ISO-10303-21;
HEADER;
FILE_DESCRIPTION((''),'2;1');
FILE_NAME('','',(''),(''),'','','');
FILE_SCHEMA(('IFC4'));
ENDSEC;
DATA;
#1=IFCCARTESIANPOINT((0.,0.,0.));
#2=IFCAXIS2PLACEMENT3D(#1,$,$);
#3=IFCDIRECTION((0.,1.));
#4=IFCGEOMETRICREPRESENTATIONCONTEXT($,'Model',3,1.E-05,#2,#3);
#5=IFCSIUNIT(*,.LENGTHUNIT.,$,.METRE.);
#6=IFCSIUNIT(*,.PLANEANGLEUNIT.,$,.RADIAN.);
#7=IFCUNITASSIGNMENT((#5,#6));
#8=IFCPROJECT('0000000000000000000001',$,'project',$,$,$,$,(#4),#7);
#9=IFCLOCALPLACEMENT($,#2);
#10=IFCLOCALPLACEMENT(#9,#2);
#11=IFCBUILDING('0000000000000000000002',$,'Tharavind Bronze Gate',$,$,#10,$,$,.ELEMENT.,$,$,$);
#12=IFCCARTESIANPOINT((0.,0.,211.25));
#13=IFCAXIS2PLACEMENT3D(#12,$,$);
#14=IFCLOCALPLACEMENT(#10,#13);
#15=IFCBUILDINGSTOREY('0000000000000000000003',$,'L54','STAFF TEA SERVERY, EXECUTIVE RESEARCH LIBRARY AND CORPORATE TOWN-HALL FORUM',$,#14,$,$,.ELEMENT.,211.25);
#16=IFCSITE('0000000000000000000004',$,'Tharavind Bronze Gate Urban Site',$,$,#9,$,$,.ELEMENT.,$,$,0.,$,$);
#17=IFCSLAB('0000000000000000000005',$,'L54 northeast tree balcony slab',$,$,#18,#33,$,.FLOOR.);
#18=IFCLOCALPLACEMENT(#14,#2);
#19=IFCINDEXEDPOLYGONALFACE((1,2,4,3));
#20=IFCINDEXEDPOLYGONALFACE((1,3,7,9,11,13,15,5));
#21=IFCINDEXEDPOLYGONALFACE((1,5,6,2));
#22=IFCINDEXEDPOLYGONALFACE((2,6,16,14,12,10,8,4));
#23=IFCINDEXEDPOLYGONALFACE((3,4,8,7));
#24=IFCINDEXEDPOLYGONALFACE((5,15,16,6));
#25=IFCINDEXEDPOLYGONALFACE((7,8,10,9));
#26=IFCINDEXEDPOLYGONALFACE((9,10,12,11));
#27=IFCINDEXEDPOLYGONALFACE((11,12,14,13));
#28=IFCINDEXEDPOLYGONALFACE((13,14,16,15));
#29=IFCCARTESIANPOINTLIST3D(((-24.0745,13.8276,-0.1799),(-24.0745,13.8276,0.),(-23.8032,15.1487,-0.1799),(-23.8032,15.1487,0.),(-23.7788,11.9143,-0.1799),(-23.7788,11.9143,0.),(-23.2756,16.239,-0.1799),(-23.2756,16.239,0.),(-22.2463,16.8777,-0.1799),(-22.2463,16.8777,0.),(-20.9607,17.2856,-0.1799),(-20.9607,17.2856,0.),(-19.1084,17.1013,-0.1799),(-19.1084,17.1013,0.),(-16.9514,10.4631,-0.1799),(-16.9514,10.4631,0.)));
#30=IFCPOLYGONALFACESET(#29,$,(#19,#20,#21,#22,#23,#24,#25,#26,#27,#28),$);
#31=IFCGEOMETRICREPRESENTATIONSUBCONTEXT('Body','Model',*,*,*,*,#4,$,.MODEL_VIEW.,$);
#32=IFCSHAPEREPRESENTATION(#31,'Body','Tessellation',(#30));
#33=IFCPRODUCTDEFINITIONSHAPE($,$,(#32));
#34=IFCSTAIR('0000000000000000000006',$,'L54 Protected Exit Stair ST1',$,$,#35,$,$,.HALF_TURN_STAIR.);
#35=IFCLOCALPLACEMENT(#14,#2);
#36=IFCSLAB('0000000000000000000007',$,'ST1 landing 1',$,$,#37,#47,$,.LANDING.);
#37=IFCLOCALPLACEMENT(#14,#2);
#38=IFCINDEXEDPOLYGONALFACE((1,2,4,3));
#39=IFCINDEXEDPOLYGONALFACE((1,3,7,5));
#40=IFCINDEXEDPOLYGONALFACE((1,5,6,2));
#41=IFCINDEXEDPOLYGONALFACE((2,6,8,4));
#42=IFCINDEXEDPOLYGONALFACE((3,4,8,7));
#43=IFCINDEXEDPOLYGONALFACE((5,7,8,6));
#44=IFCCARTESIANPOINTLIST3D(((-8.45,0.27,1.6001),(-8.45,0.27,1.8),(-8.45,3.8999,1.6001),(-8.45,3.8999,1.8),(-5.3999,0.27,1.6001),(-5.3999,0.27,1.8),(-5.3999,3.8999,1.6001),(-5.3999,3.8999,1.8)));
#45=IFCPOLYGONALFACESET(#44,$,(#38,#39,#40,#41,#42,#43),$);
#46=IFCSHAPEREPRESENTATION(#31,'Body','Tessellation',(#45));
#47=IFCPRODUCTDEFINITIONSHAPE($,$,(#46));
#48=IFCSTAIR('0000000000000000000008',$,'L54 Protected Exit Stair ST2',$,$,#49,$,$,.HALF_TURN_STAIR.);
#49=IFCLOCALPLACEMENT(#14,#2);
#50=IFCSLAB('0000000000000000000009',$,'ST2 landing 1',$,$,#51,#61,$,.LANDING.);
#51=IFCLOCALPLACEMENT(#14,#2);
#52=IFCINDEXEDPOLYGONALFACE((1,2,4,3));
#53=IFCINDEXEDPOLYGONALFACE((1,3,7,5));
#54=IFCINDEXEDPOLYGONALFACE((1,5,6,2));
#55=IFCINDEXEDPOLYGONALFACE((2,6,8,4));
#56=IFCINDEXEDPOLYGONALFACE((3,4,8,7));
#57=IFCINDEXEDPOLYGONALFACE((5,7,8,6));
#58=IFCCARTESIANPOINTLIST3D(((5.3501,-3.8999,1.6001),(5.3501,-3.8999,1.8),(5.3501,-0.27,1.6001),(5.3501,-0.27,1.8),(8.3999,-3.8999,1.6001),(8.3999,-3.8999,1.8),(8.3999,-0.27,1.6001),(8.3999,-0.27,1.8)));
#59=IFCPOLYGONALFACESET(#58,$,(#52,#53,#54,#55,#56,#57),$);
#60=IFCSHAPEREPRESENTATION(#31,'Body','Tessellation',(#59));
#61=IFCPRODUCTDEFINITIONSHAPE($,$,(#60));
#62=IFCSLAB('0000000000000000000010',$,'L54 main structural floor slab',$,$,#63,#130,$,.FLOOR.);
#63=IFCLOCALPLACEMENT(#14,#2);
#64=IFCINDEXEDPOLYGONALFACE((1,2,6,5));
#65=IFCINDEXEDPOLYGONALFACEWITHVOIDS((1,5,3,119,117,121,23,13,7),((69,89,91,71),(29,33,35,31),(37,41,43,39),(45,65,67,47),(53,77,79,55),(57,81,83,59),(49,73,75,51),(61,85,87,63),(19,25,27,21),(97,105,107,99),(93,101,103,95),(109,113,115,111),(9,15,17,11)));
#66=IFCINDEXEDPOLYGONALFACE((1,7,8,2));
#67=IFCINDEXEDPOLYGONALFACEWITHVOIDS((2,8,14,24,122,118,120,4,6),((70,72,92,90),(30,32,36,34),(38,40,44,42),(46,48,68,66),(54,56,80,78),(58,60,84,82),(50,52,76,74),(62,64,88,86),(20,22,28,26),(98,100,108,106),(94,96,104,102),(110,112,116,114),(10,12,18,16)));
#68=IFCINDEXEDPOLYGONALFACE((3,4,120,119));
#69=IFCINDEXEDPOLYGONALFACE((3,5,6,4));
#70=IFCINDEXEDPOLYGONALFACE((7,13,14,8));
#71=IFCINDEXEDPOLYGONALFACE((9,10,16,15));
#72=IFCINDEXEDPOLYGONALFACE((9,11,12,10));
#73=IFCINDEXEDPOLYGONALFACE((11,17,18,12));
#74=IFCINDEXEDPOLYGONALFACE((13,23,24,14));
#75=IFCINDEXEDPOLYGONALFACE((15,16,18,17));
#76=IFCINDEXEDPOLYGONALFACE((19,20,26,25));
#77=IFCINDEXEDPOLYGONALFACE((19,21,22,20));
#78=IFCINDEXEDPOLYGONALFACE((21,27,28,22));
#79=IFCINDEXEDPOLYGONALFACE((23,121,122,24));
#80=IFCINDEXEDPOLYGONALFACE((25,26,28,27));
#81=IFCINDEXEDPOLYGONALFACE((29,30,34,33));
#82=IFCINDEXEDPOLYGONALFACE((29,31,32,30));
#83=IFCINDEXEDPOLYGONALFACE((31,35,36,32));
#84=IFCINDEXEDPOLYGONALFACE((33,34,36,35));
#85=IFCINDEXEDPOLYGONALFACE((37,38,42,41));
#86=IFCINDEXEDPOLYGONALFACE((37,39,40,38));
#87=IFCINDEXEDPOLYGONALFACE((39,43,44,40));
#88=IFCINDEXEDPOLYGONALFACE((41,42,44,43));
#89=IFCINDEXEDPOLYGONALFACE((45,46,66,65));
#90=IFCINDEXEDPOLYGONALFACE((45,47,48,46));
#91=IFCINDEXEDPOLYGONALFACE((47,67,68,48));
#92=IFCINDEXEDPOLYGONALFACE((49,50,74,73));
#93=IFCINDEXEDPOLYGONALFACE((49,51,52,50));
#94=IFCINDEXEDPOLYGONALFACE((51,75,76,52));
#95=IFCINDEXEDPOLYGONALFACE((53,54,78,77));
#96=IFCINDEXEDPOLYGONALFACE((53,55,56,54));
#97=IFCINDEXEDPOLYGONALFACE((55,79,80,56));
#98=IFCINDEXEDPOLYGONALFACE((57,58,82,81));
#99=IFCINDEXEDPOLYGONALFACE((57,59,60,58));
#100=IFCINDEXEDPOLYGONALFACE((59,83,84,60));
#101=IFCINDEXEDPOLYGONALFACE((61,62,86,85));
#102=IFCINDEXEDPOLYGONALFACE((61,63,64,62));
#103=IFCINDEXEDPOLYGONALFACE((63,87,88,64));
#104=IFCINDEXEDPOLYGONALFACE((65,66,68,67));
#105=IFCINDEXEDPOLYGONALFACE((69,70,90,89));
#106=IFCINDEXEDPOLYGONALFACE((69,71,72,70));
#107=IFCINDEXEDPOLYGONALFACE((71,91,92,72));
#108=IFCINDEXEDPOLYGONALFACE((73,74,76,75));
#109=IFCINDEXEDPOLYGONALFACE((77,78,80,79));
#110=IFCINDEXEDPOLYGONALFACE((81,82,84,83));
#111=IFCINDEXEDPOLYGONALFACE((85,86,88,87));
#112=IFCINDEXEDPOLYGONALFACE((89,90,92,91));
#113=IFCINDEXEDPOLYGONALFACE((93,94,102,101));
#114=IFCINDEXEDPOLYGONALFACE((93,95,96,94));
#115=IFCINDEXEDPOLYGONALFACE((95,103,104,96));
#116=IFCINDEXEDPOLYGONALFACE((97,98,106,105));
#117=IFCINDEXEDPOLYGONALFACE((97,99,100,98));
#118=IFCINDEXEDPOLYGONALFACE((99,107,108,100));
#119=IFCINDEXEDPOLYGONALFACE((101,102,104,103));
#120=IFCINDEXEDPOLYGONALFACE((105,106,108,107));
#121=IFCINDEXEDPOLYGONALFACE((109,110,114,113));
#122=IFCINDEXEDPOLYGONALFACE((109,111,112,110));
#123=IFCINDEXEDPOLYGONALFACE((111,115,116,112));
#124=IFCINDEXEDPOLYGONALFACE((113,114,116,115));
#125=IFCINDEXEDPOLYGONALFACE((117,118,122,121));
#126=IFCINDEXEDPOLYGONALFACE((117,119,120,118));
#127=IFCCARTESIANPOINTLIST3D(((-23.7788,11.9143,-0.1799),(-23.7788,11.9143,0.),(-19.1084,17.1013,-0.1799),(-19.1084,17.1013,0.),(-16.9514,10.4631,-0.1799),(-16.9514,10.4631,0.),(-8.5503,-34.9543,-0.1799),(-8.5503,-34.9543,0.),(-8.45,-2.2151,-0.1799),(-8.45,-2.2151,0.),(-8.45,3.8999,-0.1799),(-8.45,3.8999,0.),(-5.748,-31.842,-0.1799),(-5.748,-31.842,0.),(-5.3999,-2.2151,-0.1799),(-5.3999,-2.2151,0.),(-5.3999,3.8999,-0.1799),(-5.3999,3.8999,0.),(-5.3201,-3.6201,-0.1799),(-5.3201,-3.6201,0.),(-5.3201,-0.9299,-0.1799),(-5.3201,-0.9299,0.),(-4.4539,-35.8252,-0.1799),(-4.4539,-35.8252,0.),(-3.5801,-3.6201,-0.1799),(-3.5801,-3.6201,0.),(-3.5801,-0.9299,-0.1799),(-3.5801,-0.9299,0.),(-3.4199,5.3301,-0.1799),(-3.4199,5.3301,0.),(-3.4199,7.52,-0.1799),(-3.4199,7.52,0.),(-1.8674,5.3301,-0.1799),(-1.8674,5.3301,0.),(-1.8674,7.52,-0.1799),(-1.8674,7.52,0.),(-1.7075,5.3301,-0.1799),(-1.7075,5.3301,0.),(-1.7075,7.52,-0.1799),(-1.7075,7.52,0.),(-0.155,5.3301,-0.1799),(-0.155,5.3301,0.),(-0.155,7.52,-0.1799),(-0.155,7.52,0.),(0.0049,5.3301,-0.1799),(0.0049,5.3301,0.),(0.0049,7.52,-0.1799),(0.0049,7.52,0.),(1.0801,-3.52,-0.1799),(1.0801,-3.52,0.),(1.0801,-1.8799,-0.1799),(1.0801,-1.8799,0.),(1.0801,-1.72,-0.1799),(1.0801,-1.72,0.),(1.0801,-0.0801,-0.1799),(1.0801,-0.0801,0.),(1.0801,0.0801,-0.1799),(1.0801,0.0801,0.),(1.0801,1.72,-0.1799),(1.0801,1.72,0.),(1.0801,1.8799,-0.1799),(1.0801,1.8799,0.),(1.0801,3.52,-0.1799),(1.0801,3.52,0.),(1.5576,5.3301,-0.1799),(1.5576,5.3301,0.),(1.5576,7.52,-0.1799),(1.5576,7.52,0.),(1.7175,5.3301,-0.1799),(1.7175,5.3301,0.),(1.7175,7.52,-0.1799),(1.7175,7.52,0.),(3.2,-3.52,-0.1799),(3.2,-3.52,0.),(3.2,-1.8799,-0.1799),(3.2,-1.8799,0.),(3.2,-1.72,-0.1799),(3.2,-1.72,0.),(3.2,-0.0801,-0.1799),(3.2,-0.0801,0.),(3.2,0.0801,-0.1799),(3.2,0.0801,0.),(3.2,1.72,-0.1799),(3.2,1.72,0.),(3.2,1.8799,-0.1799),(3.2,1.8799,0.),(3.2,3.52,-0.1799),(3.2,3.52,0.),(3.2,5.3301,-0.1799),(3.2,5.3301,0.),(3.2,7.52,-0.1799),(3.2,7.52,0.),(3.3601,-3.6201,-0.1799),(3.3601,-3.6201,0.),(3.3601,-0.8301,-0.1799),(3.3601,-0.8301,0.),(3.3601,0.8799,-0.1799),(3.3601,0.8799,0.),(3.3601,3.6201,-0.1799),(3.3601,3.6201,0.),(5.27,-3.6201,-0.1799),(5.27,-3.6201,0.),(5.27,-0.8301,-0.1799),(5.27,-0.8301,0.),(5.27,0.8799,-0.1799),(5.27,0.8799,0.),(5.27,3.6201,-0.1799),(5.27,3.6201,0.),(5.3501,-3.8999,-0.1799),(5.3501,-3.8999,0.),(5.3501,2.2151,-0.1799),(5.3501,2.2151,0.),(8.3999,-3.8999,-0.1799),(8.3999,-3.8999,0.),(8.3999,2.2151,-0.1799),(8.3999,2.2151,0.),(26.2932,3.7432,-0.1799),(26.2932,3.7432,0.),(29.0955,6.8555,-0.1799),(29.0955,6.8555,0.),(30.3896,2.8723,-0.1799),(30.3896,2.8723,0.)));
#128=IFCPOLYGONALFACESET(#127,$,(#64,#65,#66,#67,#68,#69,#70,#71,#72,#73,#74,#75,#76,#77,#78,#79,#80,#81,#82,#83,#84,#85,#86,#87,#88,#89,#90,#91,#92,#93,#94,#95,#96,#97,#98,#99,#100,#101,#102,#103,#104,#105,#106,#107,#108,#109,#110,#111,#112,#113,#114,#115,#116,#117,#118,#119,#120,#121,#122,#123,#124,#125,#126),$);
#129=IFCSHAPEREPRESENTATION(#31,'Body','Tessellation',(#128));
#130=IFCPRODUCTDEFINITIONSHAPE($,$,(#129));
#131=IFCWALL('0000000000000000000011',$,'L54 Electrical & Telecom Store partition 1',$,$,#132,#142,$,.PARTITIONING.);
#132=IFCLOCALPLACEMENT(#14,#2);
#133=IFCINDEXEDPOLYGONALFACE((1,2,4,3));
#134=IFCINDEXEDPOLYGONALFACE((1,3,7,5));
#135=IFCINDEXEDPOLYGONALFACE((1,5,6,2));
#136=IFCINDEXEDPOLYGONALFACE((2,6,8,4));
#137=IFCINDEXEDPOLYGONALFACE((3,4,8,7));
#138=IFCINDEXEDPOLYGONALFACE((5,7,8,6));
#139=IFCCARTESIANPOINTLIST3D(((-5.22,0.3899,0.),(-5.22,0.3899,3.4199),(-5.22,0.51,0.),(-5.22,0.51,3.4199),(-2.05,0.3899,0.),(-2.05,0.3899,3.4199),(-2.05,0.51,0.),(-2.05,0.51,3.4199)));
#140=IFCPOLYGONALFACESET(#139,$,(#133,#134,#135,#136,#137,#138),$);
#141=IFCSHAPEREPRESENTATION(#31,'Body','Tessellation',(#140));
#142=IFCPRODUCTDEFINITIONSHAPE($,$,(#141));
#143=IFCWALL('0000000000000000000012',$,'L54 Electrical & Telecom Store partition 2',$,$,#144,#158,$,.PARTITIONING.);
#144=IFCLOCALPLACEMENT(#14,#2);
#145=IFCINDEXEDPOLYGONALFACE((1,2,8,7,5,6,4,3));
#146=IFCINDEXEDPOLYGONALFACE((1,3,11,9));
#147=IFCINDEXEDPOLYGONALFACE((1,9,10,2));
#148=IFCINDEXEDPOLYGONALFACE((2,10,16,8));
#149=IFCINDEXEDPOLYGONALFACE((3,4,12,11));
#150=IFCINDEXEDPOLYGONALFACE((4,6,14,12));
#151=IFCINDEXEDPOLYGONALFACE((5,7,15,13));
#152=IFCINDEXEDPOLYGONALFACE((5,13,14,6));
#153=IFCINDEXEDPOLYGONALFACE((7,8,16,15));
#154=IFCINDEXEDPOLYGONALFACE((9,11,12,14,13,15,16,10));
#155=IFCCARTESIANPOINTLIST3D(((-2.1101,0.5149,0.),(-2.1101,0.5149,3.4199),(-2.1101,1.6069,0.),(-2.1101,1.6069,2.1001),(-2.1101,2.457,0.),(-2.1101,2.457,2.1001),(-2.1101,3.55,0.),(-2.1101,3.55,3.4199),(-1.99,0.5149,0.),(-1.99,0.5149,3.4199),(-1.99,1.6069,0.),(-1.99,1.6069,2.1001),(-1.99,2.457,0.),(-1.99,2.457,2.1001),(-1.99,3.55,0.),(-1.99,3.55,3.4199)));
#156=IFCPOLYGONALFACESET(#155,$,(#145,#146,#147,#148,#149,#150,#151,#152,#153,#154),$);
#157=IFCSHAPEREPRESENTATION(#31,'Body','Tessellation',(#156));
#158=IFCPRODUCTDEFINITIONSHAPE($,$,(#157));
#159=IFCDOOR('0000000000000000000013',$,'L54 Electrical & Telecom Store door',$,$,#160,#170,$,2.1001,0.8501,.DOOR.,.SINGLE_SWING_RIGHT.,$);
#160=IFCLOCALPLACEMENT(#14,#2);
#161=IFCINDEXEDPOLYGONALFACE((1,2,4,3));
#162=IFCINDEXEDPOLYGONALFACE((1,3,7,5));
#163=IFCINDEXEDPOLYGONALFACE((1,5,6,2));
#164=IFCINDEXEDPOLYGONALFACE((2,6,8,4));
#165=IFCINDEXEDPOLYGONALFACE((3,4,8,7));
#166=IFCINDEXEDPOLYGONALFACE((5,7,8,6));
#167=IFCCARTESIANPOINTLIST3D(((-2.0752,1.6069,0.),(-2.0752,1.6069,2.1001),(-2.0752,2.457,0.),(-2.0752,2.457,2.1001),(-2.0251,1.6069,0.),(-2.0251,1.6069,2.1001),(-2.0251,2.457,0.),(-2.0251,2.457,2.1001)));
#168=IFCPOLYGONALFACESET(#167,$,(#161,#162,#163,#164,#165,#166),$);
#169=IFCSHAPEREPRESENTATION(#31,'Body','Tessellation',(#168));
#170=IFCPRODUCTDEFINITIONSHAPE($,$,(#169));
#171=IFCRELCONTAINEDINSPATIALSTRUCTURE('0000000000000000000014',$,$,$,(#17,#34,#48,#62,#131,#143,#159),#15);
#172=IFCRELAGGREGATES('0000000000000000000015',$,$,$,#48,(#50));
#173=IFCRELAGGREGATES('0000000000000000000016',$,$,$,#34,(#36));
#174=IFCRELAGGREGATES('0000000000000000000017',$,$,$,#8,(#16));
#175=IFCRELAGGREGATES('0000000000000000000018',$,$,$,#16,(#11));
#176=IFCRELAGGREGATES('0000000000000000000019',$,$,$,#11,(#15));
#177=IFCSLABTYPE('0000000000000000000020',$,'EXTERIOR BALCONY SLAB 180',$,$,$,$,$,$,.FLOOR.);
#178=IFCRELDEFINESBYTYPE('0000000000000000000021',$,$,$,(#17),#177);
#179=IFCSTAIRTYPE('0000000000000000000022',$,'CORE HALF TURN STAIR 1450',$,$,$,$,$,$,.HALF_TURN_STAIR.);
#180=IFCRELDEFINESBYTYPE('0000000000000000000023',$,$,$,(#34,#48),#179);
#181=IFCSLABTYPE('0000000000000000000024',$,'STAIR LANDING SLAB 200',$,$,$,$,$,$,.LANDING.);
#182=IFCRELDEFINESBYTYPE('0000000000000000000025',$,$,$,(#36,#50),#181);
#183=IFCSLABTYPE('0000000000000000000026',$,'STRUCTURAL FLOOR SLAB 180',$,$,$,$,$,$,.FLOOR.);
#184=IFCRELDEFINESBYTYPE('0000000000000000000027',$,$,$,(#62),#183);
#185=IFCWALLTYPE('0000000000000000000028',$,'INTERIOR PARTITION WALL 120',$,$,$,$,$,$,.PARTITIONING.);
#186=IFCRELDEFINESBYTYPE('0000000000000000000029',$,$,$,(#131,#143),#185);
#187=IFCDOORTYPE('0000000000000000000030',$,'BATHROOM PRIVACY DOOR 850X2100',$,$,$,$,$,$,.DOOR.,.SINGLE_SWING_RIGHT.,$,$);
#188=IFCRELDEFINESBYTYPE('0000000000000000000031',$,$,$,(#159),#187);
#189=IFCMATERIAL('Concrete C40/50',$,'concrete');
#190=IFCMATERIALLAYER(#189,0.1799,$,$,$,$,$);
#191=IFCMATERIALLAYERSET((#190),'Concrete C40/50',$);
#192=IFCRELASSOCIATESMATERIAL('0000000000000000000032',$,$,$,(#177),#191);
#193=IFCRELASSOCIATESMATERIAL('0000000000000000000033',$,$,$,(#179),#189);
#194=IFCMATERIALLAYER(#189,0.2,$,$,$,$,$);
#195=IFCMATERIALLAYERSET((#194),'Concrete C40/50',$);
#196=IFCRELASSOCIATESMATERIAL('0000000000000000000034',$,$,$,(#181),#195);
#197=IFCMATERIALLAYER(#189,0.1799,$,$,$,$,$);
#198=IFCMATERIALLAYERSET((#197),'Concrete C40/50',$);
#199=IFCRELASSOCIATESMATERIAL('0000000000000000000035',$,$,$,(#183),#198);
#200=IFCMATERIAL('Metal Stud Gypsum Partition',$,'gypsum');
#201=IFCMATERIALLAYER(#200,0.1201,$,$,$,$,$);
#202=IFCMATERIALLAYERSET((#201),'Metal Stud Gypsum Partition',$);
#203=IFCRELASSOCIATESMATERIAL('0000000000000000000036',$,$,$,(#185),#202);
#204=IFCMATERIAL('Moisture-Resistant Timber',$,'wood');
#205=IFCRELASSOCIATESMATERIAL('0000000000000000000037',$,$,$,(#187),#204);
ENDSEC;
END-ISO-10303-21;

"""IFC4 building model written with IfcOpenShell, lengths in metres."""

from ifc_helpers import new_model, si_unit, direction, frame, frame_2d, origin, place, context, subcontext, project, spatial, polyline, rectangle, outline, extrude, material, layer, layer_set, type_object, element, fill, aggregate, save


model = new_model("IFC4")

# Units and contexts
model_context = context("Model", 3, precision=1e-05, world=origin(), true_north=direction((0.0, 1.0)))
body_context = subcontext(model_context, "Body", "Model", "MODEL_VIEW")
ifc_project = project(units=[si_unit("LENGTHUNIT", "METRE"), si_unit("PLANEANGLEUNIT", "RADIAN")], contexts=[model_context])

# Site, building, storey
site_placement = place(None, origin())
site = spatial("IfcSite", under=ifc_project, at=site_placement, Name="Tharavind Bronze Gate Urban Site", CompositionType="ELEMENT", RefElevation=0.0)
building_placement = place(site_placement, origin())
building = spatial("IfcBuilding", under=site, at=building_placement, Name="Tharavind Bronze Gate", CompositionType="ELEMENT")
storey_placement = place(building_placement, frame((0.0, 0.0, 211.25)))
storey = spatial("IfcBuildingStorey", under=building, at=storey_placement, Name="L54", Description="STAFF TEA SERVERY, EXECUTIVE RESEARCH LIBRARY AND CORPORATE TOWN-HALL FORUM", CompositionType="ELEMENT", Elevation=211.25)

# Slab
ifc_material_1 = material(Name="Concrete C40/50", Category="concrete")
ifc_layer_1 = layer(ifc_material_1, 0.1799)
ifc_layer_set_1 = layer_set([ifc_layer_1], Name="Concrete C40/50")
slab_type_1 = type_object("IfcSlabType", Name="EXTERIOR BALCONY SLAB 180", PredefinedType="FLOOR", material=ifc_layer_set_1)
slab_1_placement = place(storey_placement, frame((0.0, 0.0, -0.1799)))
element("IfcSlab", 1, at=slab_1_placement, inside=storey, type_object=slab_type_1, Name="L54 northeast tree balcony slab", PredefinedType="FLOOR", context=body_context, shape_type="SweptSolid", body=[
    extrude(outline(polyline([(-20.9607, 17.2856), (-22.2463, 16.8777), (-23.2756, 16.239), (-23.8032, 15.1487), (-24.0745, 13.8276), (-23.7788, 11.9143), (-16.9514, 10.4631), (-19.1084, 17.1013), (-20.9607, 17.2856)])), origin(), (0.0, 0.0, 1.0), 0.1799),
])

# Stairs, slabs
stair_type = type_object("IfcStairType", Name="CORE HALF TURN STAIR 1450", PredefinedType="HALF_TURN_STAIR", material=ifc_material_1)
stair_1_placement = place(storey_placement, origin())
stair_1 = element("IfcStair", 2, at=stair_1_placement, inside=storey, type_object=stair_type, Name="L54 Protected Exit Stair ST1", PredefinedType="HALF_TURN_STAIR")
ifc_layer_2 = layer(ifc_material_1, 0.2)
ifc_layer_set_2 = layer_set([ifc_layer_2], Name="Concrete C40/50")
slab_type_2 = type_object("IfcSlabType", Name="STAIR LANDING SLAB 200", PredefinedType="LANDING", material=ifc_layer_set_2)
slab_2_placement = place(storey_placement, frame((0.0, 0.0, 1.6001)))
slab_2 = element("IfcSlab", 3, at=slab_2_placement, type_object=slab_type_2, Name="ST1 landing 1", PredefinedType="LANDING", context=body_context, shape_type="SweptSolid", body=[
    extrude(outline(polyline([(-5.3999, 0.27), (-5.3999, 3.8999), (-8.45, 3.8999), (-8.45, 0.27), (-5.3999, 0.27)])), origin(), (0.0, 0.0, 1.0), 0.2),
])
stair_2_placement = place(storey_placement, origin())
stair_2 = element("IfcStair", 4, at=stair_2_placement, inside=storey, type_object=stair_type, Name="L54 Protected Exit Stair ST2", PredefinedType="HALF_TURN_STAIR")
slab_3_placement = place(storey_placement, frame((0.0, 0.0, 1.6001)))
slab_3 = element("IfcSlab", 5, at=slab_3_placement, type_object=slab_type_2, Name="ST2 landing 1", PredefinedType="LANDING", context=body_context, shape_type="SweptSolid", body=[
    extrude(outline(polyline([(5.3501, -0.27), (5.3501, -3.8999), (8.3999, -3.8999), (8.3999, -0.27), (5.3501, -0.27)])), origin(), (0.0, 0.0, 1.0), 0.2),
])
aggregate(stair_2, [slab_3])

# Slab
ifc_layer_3 = layer(ifc_material_1, 0.1799)
ifc_layer_set_3 = layer_set([ifc_layer_3], Name="Concrete C40/50")
slab_type_3 = type_object("IfcSlabType", Name="STRUCTURAL FLOOR SLAB 180", PredefinedType="FLOOR", material=ifc_layer_set_3)
slab_4_placement = place(storey_placement, frame((0.0, 0.0, -0.1799)))
element("IfcSlab", 6, at=slab_4_placement, inside=storey, type_object=slab_type_3, Name="L54 main structural floor slab", PredefinedType="FLOOR", context=body_context, shape_type="SweptSolid", body=[
    extrude(outline(polyline([(-19.1084, 17.1013), (-16.9514, 10.4631), (-23.7788, 11.9143), (-8.5503, -34.9543), (-5.748, -31.842), (-4.4539, -35.8252), (30.3896, 2.8723), (26.2932, 3.7432), (29.0955, 6.8555), (-19.1084, 17.1013)]), holes=[polyline([(-5.3999, -2.2151), (-5.3999, 3.8999), (-8.45, 3.8999), (-8.45, -2.2151), (-5.3999, -2.2151)]), polyline([(5.3501, 2.2151), (5.3501, -3.8999), (8.3999, -3.8999), (8.3999, 2.2151), (5.3501, 2.2151)]), polyline([(-3.4199, 5.3301), (-1.8674, 5.3301), (-1.8674, 7.52), (-3.4199, 7.52), (-3.4199, 5.3301)]), polyline([(-1.7075, 5.3301), (-0.155, 5.3301), (-0.155, 7.52), (-1.7075, 7.52), (-1.7075, 5.3301)]), polyline([(0.0049, 5.3301), (1.5576, 5.3301), (1.5576, 7.52), (0.0049, 7.52), (0.0049, 5.3301)]), polyline([(1.7175, 5.3301), (3.2, 5.3301), (3.2, 7.52), (1.7175, 7.52), (1.7175, 5.3301)]), polyline([(1.0801, -3.52), (3.2, -3.52), (3.2, -1.8799), (1.0801, -1.8799), (1.0801, -3.52)]), polyline([(1.0801, -1.72), (3.2, -1.72), (3.2, -0.0801), (1.0801, -0.0801), (1.0801, -1.72)]), polyline([(1.0801, 0.0801), (3.2, 0.0801), (3.2, 1.72), (1.0801, 1.72), (1.0801, 0.0801)]), polyline([(1.0801, 1.8799), (3.2, 1.8799), (3.2, 3.52), (1.0801, 3.52), (1.0801, 1.8799)]), polyline([(-5.3201, -3.6201), (-3.5801, -3.6201), (-3.5801, -0.9299), (-5.3201, -0.9299), (-5.3201, -3.6201)]), polyline([(3.3601, 0.8799), (5.27, 0.8799), (5.27, 3.6201), (3.3601, 3.6201), (3.3601, 0.8799)]), polyline([(3.3601, -3.6201), (5.27, -3.6201), (5.27, -0.8301), (3.3601, -0.8301), (3.3601, -3.6201)])]), origin(), (0.0, 0.0, 1.0), 0.1799),
])

# Wall
ifc_material_2 = material(Name="Metal Stud Gypsum Partition", Category="gypsum")
ifc_layer_4 = layer(ifc_material_2, 0.1201)
ifc_layer_set_4 = layer_set([ifc_layer_4], Name="Metal Stud Gypsum Partition")
wall_type_1 = type_object("IfcWallType", Name="INTERIOR PARTITION WALL 120", PredefinedType="PARTITIONING", material=ifc_layer_set_4)
wall_1_placement = place(storey_placement, frame((-5.22, 0.45, 0.0), z_axis=(0.0, 0.0, 1.0), x_axis=(1.0, 0.0, 0.0)))
element("IfcWall", 7, at=wall_1_placement, inside=storey, type_object=wall_type_1, Name="L54 Electrical & Telecom Store partition 1", PredefinedType="PARTITIONING", context=body_context, shape_type="SweptSolid", body=[
    extrude(rectangle(XDim=3.1699, YDim=0.1201, at=frame_2d((1.585, 0.0))), origin(), (0.0, 0.0, 1.0), 3.4199),
])

# Wall, opening, door
wall_2_placement = place(storey_placement, frame((-2.05, 0.5149, 0.0), z_axis=(0.0, 0.0, 1.0), x_axis=(0.0, 1.0, 0.0)))
wall_2 = element("IfcWall", 8, at=wall_2_placement, inside=storey, type_object=wall_type_1, Name="L54 Electrical & Telecom Store partition 2", PredefinedType="PARTITIONING", context=body_context, shape_type="SweptSolid", body=[
    extrude(rectangle(XDim=3.0352, YDim=0.1201, at=frame_2d((1.5176, 0.0))), origin(), (0.0, 0.0, 1.0), 3.4199),
])
opening_1_placement = place(wall_2_placement, frame((1.092, 0.0, 0.0)))
opening_1 = element("IfcOpeningElement", 9, at=opening_1_placement, cuts=wall_2, PredefinedType="OPENING", context=body_context, shape_type="SweptSolid", body=[
    extrude(rectangle(XDim=0.8501, YDim=2.1001, at=frame_2d((0.425, 1.05))), frame((0.0, 0.0701, 0.0), z_axis=(0.0, -1.0, 0.0), x_axis=(1.0, 0.0, 0.0)), (0.0, 0.0, 1.0), 0.1401),
])
ifc_material_3 = material(Name="Moisture-Resistant Timber", Category="wood")
door_type_1 = type_object("IfcDoorType", Name="BATHROOM PRIVACY DOOR 850X2100", OperationType="SINGLE_SWING_RIGHT", PredefinedType="DOOR", material=ifc_material_3)
door_1_placement = place(opening_1_placement, frame((0.8501, 0.0, 0.0), z_axis=(0.0, 0.0, 1.0), x_axis=(-1.0, 0.0, 0.0)))
door_1 = element("IfcDoor", 10, at=door_1_placement, inside=storey, type_object=door_type_1, Name="L54 Electrical & Telecom Store door", OperationType="SINGLE_SWING_RIGHT", OverallHeight=2.1001, OverallWidth=0.8501, PredefinedType="DOOR", context=body_context, shape_type="SweptSolid", body=[
    extrude(rectangle(XDim=0.8501, YDim=2.1001, at=frame_2d((0.425, 1.05))), frame((0.0, 0.0249, 0.0), z_axis=(0.0, -1.0, 0.0), x_axis=(1.0, 0.0, 0.0)), (0.0, 0.0, 1.0), 0.05),
])
fill(opening_1, door_1)

aggregate(stair_1, [slab_2])

save(model, "model.ifc")
